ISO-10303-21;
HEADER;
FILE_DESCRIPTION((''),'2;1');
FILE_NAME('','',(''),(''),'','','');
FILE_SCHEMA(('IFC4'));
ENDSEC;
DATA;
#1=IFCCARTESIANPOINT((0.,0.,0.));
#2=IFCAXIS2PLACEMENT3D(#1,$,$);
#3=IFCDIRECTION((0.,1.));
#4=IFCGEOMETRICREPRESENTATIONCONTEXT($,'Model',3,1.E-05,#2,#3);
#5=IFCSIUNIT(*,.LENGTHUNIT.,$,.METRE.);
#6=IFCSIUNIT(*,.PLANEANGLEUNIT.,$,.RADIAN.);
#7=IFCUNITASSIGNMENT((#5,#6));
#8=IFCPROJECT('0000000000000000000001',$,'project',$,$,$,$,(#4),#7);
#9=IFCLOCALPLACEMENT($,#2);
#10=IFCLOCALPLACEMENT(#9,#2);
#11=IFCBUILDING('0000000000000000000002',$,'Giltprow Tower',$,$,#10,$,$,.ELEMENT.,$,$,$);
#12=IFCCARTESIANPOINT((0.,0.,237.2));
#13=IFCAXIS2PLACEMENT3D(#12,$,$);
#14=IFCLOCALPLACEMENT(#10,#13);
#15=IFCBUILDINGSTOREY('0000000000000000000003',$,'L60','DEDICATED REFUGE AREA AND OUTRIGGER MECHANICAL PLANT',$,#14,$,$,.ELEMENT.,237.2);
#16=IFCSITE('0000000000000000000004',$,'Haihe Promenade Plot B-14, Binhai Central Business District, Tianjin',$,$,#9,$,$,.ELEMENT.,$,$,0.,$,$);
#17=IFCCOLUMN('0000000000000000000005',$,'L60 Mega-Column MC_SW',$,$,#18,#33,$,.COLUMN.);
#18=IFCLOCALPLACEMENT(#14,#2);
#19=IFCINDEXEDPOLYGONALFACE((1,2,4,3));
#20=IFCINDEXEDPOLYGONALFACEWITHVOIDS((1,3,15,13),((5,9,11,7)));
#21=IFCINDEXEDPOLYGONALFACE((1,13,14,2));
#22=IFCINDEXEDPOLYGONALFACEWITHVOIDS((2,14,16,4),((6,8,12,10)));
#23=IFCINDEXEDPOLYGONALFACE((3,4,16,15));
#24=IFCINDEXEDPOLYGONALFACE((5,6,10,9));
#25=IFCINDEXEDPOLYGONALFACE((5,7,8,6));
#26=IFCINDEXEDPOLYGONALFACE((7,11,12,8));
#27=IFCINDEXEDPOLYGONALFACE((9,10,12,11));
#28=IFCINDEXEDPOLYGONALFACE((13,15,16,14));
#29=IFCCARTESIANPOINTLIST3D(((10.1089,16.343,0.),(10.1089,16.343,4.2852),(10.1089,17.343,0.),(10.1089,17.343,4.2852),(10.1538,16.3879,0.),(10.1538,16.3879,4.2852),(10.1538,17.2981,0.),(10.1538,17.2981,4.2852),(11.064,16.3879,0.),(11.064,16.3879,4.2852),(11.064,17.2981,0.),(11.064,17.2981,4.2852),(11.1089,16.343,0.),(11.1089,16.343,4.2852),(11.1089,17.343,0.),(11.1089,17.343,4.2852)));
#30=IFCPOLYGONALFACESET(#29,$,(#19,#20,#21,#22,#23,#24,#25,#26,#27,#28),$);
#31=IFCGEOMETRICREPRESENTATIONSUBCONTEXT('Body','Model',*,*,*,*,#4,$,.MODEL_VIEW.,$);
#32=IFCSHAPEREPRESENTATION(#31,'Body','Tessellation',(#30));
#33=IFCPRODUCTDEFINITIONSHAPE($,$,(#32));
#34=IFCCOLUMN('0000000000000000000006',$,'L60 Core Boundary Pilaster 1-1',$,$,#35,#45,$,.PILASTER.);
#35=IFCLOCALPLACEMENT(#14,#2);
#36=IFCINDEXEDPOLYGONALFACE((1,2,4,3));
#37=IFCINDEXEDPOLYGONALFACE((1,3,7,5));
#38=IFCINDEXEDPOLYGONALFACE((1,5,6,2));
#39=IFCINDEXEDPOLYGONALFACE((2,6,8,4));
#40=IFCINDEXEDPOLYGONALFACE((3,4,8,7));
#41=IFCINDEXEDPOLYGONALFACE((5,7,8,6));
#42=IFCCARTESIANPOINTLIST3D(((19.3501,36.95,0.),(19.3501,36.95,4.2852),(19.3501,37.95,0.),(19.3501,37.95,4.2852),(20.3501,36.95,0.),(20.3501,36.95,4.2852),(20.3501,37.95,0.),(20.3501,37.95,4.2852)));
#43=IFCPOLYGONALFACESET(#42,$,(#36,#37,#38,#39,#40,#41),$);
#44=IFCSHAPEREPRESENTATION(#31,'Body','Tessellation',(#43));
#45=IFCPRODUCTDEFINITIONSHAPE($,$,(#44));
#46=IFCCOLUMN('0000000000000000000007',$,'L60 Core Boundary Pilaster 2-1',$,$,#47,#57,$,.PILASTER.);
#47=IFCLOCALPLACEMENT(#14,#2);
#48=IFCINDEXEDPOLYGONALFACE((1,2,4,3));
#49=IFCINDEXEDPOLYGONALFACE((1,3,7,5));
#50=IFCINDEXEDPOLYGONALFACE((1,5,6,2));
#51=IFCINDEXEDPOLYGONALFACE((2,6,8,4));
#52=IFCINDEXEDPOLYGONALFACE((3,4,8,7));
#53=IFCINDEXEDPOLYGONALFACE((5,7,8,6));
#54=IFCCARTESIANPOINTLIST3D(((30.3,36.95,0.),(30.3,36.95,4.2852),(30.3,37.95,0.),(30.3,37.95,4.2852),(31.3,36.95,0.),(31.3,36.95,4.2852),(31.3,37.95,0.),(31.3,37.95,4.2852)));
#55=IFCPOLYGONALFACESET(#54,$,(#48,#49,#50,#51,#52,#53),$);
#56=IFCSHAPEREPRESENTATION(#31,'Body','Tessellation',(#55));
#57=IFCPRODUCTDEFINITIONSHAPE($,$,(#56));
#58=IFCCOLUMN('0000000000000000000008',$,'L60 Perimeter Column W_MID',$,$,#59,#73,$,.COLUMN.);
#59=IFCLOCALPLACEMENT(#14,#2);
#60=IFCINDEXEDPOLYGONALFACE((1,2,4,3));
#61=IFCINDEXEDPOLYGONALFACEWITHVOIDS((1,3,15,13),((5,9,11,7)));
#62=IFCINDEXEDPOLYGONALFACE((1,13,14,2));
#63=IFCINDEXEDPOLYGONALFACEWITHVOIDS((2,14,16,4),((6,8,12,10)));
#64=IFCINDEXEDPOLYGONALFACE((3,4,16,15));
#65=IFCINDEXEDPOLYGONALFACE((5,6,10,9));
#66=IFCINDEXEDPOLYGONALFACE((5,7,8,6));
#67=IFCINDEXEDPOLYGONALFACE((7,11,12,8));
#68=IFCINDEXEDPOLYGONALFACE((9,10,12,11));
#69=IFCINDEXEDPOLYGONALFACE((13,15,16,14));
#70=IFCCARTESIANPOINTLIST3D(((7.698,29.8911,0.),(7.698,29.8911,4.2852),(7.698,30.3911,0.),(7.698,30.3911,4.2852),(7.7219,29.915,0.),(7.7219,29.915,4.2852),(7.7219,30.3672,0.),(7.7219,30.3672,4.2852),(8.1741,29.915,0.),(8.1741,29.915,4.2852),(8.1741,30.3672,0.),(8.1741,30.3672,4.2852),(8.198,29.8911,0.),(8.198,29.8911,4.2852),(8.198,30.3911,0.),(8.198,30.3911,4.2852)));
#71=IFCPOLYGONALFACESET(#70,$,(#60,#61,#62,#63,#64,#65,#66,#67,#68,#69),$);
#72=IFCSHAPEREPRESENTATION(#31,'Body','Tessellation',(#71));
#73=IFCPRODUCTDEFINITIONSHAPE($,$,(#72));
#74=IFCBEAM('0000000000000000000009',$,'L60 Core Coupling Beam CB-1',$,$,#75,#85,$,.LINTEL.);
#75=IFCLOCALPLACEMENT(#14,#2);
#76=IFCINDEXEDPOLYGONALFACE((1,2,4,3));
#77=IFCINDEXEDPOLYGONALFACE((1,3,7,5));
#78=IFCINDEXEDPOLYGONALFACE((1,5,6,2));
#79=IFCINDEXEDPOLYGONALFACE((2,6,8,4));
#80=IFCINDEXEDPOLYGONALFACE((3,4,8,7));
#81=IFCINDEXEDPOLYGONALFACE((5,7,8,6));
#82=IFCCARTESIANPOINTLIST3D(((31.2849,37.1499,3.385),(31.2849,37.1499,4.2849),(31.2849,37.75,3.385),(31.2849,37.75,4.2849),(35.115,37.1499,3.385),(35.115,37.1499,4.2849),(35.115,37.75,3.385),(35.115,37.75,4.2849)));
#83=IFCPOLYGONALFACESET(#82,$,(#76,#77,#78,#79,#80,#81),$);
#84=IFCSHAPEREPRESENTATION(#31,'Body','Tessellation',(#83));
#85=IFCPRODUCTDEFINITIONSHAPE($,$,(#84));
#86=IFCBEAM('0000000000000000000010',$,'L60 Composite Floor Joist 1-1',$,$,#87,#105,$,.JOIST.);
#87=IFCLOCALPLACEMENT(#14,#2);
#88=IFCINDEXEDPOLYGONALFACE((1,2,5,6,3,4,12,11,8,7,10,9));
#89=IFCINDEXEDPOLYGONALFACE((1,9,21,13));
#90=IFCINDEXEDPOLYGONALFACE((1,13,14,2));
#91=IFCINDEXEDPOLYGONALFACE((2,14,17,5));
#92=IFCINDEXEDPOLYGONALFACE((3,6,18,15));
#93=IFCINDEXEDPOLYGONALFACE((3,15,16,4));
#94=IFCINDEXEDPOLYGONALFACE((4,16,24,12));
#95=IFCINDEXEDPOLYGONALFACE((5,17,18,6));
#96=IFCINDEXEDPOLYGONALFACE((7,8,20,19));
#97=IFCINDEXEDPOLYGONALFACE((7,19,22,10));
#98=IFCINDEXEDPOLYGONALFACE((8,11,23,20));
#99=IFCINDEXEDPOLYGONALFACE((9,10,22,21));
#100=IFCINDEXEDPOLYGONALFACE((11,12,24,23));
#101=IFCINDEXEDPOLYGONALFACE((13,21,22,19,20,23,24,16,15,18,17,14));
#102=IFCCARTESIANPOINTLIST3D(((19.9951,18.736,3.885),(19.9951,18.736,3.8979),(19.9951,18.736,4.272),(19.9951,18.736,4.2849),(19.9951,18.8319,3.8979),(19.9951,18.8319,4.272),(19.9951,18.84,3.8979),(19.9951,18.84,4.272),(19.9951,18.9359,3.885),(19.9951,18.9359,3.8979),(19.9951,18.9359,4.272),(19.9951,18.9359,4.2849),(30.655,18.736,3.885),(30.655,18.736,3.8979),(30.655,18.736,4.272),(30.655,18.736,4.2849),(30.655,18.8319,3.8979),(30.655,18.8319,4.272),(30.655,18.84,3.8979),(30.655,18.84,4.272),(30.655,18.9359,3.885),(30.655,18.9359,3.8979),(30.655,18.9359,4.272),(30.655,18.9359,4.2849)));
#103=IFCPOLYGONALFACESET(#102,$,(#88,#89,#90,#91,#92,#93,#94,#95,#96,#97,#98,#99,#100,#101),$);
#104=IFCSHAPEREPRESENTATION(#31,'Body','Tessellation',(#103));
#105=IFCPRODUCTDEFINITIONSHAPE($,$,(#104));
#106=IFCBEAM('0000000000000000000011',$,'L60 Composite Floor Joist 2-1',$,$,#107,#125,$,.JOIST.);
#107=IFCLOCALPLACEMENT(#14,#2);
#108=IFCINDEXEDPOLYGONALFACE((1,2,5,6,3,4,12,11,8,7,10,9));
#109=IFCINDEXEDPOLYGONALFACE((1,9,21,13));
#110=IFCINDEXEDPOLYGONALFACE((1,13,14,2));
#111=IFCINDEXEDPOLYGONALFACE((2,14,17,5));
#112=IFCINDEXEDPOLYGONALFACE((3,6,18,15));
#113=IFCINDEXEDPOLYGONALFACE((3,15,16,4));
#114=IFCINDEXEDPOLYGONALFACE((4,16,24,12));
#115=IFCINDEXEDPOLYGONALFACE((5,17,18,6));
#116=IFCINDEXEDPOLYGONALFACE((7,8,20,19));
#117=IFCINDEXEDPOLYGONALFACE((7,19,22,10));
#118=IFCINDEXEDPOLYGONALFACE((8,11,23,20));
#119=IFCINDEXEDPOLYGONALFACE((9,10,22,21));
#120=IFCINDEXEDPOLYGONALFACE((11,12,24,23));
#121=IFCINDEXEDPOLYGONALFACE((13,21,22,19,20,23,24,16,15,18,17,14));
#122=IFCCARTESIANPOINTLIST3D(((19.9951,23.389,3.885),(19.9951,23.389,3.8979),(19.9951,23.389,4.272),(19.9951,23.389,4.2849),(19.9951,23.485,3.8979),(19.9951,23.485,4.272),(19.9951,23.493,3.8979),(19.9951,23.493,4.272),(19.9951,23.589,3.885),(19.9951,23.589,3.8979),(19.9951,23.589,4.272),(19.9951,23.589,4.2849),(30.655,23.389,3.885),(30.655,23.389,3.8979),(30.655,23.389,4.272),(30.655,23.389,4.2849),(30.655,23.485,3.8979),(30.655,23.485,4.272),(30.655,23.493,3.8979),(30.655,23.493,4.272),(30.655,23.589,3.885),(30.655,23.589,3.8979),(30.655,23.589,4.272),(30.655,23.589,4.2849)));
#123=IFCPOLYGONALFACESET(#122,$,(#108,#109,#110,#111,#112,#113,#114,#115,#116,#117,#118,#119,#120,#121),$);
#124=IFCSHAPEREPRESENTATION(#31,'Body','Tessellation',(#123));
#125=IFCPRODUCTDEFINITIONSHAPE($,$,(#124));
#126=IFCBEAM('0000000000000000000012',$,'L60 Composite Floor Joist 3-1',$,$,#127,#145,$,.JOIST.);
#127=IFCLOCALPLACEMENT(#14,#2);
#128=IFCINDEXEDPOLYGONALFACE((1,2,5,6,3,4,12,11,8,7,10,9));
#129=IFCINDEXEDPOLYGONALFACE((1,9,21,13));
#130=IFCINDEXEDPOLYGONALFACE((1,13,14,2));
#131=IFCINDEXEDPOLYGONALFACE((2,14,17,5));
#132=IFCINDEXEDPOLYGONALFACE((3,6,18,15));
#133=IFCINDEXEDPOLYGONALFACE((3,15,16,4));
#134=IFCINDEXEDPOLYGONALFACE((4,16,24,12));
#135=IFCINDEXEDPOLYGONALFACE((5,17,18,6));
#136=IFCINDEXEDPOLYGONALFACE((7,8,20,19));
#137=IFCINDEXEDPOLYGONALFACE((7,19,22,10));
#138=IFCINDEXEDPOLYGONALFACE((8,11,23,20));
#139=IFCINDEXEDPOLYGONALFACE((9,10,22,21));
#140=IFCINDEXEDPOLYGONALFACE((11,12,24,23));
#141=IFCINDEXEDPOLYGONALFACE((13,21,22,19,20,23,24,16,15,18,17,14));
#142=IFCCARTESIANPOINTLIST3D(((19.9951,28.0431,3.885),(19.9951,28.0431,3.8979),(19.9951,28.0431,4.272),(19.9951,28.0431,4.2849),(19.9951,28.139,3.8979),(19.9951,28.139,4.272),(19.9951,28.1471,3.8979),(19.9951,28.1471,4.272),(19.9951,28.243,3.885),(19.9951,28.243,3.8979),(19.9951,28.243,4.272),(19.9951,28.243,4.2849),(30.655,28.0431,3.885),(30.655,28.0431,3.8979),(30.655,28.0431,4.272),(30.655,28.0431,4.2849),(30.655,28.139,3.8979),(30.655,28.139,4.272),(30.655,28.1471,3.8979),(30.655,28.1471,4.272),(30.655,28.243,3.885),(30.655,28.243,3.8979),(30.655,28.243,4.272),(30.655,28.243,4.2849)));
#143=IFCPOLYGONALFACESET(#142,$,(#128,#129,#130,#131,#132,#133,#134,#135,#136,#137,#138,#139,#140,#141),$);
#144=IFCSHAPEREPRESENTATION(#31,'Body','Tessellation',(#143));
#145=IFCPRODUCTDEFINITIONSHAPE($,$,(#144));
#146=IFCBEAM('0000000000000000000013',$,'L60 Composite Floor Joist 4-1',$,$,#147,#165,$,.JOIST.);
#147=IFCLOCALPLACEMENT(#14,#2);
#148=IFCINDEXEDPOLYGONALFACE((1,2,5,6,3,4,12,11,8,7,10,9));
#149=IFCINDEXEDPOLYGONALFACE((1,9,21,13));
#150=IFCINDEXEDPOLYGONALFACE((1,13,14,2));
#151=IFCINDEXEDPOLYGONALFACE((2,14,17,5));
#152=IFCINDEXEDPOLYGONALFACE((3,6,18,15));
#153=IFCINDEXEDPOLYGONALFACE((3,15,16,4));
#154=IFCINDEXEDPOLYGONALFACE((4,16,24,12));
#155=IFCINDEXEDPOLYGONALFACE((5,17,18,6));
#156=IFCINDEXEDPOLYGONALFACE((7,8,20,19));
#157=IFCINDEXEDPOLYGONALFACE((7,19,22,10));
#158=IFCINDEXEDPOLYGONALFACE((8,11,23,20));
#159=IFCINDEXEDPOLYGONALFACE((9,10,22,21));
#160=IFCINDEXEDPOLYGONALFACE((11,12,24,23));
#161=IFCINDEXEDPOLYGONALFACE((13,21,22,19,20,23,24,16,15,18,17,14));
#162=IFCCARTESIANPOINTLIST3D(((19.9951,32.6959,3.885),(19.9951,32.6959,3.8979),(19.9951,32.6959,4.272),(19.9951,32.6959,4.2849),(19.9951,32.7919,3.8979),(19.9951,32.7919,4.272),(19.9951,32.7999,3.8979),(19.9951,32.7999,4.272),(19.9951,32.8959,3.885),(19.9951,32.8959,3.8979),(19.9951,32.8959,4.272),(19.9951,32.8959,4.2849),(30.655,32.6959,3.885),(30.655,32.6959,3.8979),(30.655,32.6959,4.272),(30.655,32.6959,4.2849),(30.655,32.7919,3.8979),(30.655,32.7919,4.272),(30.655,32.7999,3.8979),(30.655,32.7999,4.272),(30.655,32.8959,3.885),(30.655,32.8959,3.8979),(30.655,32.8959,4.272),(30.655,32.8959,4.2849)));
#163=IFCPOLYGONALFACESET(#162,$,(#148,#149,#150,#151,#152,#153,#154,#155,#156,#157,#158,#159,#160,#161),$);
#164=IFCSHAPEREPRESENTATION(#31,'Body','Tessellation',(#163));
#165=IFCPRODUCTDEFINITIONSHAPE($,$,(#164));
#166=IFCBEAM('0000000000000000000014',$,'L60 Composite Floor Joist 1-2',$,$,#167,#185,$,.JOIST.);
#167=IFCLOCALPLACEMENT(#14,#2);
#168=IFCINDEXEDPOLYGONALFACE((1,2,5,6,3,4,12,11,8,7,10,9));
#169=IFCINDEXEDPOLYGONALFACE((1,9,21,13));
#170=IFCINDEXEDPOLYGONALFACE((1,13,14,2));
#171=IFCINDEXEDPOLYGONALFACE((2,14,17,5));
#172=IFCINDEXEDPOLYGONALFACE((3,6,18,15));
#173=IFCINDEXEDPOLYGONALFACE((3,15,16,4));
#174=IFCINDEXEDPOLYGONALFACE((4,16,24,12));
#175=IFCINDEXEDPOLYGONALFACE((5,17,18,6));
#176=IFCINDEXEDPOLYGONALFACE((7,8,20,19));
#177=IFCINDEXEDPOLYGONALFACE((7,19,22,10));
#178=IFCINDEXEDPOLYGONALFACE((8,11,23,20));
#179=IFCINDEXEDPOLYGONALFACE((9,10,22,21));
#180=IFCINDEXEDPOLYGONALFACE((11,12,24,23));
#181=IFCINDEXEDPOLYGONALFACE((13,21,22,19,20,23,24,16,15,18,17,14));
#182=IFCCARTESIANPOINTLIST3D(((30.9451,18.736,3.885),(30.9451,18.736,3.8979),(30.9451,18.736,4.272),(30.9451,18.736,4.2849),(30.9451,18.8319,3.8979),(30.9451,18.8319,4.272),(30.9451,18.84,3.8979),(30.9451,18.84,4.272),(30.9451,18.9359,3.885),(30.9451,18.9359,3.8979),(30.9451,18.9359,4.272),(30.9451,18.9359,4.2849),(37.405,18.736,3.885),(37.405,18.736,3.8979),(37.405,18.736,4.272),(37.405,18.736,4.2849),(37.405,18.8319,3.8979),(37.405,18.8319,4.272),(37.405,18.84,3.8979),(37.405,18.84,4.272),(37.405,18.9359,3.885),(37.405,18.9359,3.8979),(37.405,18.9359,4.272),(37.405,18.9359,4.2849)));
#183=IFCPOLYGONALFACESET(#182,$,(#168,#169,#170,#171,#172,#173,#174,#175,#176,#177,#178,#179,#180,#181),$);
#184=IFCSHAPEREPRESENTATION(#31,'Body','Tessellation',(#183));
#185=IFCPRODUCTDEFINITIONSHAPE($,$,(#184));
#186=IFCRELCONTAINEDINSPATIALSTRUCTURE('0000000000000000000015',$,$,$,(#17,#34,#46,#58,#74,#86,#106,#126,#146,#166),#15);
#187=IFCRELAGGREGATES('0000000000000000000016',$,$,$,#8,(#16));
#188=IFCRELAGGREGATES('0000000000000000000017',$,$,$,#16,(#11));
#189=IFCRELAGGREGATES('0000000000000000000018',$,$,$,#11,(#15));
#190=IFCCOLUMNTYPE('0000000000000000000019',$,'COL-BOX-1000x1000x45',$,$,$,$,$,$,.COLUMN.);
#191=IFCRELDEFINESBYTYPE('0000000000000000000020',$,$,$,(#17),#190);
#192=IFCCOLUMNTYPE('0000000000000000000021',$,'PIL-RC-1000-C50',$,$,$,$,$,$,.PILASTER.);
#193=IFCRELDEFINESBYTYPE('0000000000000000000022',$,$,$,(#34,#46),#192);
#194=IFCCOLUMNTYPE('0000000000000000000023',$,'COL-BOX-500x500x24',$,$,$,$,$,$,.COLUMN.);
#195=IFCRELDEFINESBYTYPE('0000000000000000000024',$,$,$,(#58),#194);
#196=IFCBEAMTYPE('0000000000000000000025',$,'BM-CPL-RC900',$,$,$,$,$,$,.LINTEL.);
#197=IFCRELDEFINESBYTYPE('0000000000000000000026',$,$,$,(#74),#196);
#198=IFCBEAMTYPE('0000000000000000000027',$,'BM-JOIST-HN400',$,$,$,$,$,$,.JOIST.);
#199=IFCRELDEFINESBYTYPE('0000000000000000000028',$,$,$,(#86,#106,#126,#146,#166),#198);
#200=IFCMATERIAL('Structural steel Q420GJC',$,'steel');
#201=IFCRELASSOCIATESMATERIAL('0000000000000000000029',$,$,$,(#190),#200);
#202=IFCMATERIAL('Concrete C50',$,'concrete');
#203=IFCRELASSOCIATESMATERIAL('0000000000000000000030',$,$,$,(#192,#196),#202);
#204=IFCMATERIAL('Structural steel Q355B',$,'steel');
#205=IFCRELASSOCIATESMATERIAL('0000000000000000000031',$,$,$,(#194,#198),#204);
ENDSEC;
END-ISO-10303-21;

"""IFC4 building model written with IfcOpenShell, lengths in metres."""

from ifc_helpers import new_model, si_unit, direction, frame, origin, origin_2d, place, context, subcontext, project, spatial, rectangle, hollow_rectangle, i_section, extrude, source, transform, mapped, material, material_profile, profile_set, type_object, element, save


model = new_model("IFC4")

# Units and contexts
model_context = context("Model", 3, precision=1e-05, world=origin(), true_north=direction((0.0, 1.0)))
body_context = subcontext(model_context, "Body", "Model", "MODEL_VIEW")
ifc_project = project(units=[si_unit("LENGTHUNIT", "METRE"), si_unit("PLANEANGLEUNIT", "RADIAN")], contexts=[model_context])

# Site, building, storey
site_placement = place(None, origin())
site = spatial("IfcSite", under=ifc_project, at=site_placement, Name="Haihe Promenade Plot B-14, Binhai Central Business District, Tianjin", CompositionType="ELEMENT", RefElevation=0.0)
building_placement = place(site_placement, origin())
building = spatial("IfcBuilding", under=site, at=building_placement, Name="Giltprow Tower", CompositionType="ELEMENT")
storey_placement = place(building_placement, frame((0.0, 0.0, 237.2)))
storey = spatial("IfcBuildingStorey", under=building, at=storey_placement, Name="L60", Description="DEDICATED REFUGE AREA AND OUTRIGGER MECHANICAL PLANT", CompositionType="ELEMENT", Elevation=237.2)

# Columns
ifc_material_1 = material(Name="Structural steel Q420GJC", Category="steel")
ifc_material_profile_1 = material_profile(ifc_material_1, hollow_rectangle(XDim=1.0, YDim=1.0, WallThickness=0.0449, at=origin_2d()), Name="BOX 1000x1000x45")
ifc_profile_set_1 = profile_set([ifc_material_profile_1], Name="Structural steel Q420GJC")
column_type_1 = type_object("IfcColumnType", Name="COL-BOX-1000x1000x45", PredefinedType="COLUMN", material=ifc_profile_set_1)
shared_shape_1 = source(origin(), body_context, "Body", "SweptSolid", [
    extrude(hollow_rectangle(XDim=1.0, YDim=1.0, WallThickness=0.0449, at=origin_2d()), origin(), (0.0, 0.0, 1.0), 4.2852),
])
column_1_placement = place(storey_placement, frame((10.6089, 16.843, 0.0), z_axis=(0.0, 0.0, 1.0), x_axis=(1.0, 0.0, 0.0)))
element("IfcColumn", 1, at=column_1_placement, inside=storey, type_object=column_type_1, Name="L60 Mega-Column MC_SW", PredefinedType="COLUMN", context=body_context, shape_type="MappedRepresentation", body=[
    mapped(shared_shape_1, transform((0.0, 0.0, 0.0), x_axis=(1.0, 0.0, 0.0), y_axis=(0.0, 1.0, 0.0), z_axis=(0.0, 0.0, 1.0), scale=1.0)),
])
ifc_material_2 = material(Name="Concrete C50", Category="concrete")
ifc_material_profile_2 = material_profile(ifc_material_2, rectangle(XDim=1.0, YDim=1.0, at=origin_2d()), Name="RC 1000x1000")
ifc_profile_set_2 = profile_set([ifc_material_profile_2], Name="Concrete C50")
column_type_2 = type_object("IfcColumnType", Name="PIL-RC-1000-C50", PredefinedType="PILASTER", material=ifc_profile_set_2)
shared_shape_2 = source(origin(), body_context, "Body", "SweptSolid", [
    extrude(rectangle(XDim=1.0, YDim=1.0, at=origin_2d()), origin(), (0.0, 0.0, 1.0), 4.2852),
])
for number, where, z_axis, x_axis, name in (
    (2, (19.8501, 37.45, 0.0), (0.0, 0.0, 1.0), (1.0, 0.0, 0.0), "L60 Core Boundary Pilaster 1-1"),
    (3, (30.8, 37.45, 0.0), (0.0, 0.0, 1.0), (1.0, 0.0, 0.0), "L60 Core Boundary Pilaster 2-1"),
):
    element("IfcColumn", number, at=place(storey_placement, frame(where, z_axis=z_axis, x_axis=x_axis)), inside=storey, type_object=column_type_2, Name=name, PredefinedType="PILASTER", context=body_context, shape_type="MappedRepresentation", body=[
        mapped(shared_shape_2, transform((0.0, 0.0, 0.0), x_axis=(1.0, 0.0, 0.0), y_axis=(0.0, 1.0, 0.0), z_axis=(0.0, 0.0, 1.0), scale=1.0)),
    ])
ifc_material_3 = material(Name="Structural steel Q355B", Category="steel")
ifc_material_profile_3 = material_profile(ifc_material_3, hollow_rectangle(XDim=0.5, YDim=0.5, WallThickness=0.0239, at=origin_2d()), Name="BOX 500x500x24")
ifc_profile_set_3 = profile_set([ifc_material_profile_3], Name="Structural steel Q355B")
column_type_3 = type_object("IfcColumnType", Name="COL-BOX-500x500x24", PredefinedType="COLUMN", material=ifc_profile_set_3)
shared_shape_3 = source(origin(), body_context, "Body", "SweptSolid", [
    extrude(hollow_rectangle(XDim=0.5, YDim=0.5, WallThickness=0.0239, at=origin_2d()), origin(), (0.0, 0.0, 1.0), 4.2852),
])
column_2_placement = place(storey_placement, frame((7.948, 30.1411, 0.0), z_axis=(0.0, 0.0, 1.0), x_axis=(1.0, 0.0, 0.0)))
element("IfcColumn", 4, at=column_2_placement, inside=storey, type_object=column_type_3, Name="L60 Perimeter Column W_MID", PredefinedType="COLUMN", context=body_context, shape_type="MappedRepresentation", body=[
    mapped(shared_shape_3, transform((0.0, 0.0, 0.0), x_axis=(1.0, 0.0, 0.0), y_axis=(0.0, 1.0, 0.0), z_axis=(0.0, 0.0, 1.0), scale=1.0)),
])

# Beams
ifc_material_profile_4 = material_profile(ifc_material_2, rectangle(XDim=0.6001, YDim=0.8999, at=origin_2d()), Name="RC 900x600")
ifc_profile_set_4 = profile_set([ifc_material_profile_4], Name="Concrete C50")
beam_type_1 = type_object("IfcBeamType", Name="BM-CPL-RC900", PredefinedType="LINTEL", material=ifc_profile_set_4)
shared_shape_4 = source(origin(), body_context, "Body", "SweptSolid", [
    extrude(rectangle(XDim=0.6001, YDim=0.8999, at=origin_2d()), origin(), (0.0, 0.0, 1.0), 3.8301),
])
beam_1_placement = place(storey_placement, frame((31.2849, 37.45, 3.835), z_axis=(1.0, 0.0, 0.0), x_axis=(0.0, 1.0, 0.0)))
element("IfcBeam", 5, at=beam_1_placement, inside=storey, type_object=beam_type_1, Name="L60 Core Coupling Beam CB-1", PredefinedType="LINTEL", context=body_context, shape_type="MappedRepresentation", body=[
    mapped(shared_shape_4, transform((0.0, 0.0, 0.0), x_axis=(1.0, 0.0, 0.0), y_axis=(0.0, 1.0, 0.0), z_axis=(0.0, 0.0, 1.0), scale=1.0)),
])
ifc_material_profile_5 = material_profile(ifc_material_3, i_section(OverallWidth=0.2, OverallDepth=0.3999, WebThickness=0.0081, FlangeThickness=0.0129, at=origin_2d()), Name="HN 400x200x8x13")
ifc_profile_set_5 = profile_set([ifc_material_profile_5], Name="Structural steel Q355B")
beam_type_2 = type_object("IfcBeamType", Name="BM-JOIST-HN400", PredefinedType="JOIST", material=ifc_profile_set_5)
shared_shape_5 = source(origin(), body_context, "Body", "SweptSolid", [
    extrude(i_section(OverallWidth=0.2, OverallDepth=0.3999, WebThickness=0.0081, FlangeThickness=0.0129, at=origin_2d()), origin(), (0.0, 0.0, 1.0), 10.6599),
])
for number, where, z_axis, x_axis, name in (
    (6, (19.9951, 18.8359, 4.085), (1.0, 0.0, 0.0), (0.0, 1.0, 0.0), "L60 Composite Floor Joist 1-1"),
    (7, (19.9951, 23.489, 4.085), (1.0, 0.0, 0.0), (0.0, 1.0, 0.0), "L60 Composite Floor Joist 2-1"),
    (8, (19.9951, 28.1431, 4.085), (1.0, 0.0, 0.0), (0.0, 1.0, 0.0), "L60 Composite Floor Joist 3-1"),
    (9, (19.9951, 32.7959, 4.085), (1.0, 0.0, 0.0), (0.0, 1.0, 0.0), "L60 Composite Floor Joist 4-1"),
):
    element("IfcBeam", number, at=place(storey_placement, frame(where, z_axis=z_axis, x_axis=x_axis)), inside=storey, type_object=beam_type_2, Name=name, PredefinedType="JOIST", context=body_context, shape_type="MappedRepresentation", body=[
        mapped(shared_shape_5, transform((0.0, 0.0, 0.0), x_axis=(1.0, 0.0, 0.0), y_axis=(0.0, 1.0, 0.0), z_axis=(0.0, 0.0, 1.0), scale=1.0)),
    ])
shared_shape_6 = source(origin(), body_context, "Body", "SweptSolid", [
    extrude(i_section(OverallWidth=0.2, OverallDepth=0.3999, WebThickness=0.0081, FlangeThickness=0.0129, at=origin_2d()), origin(), (0.0, 0.0, 1.0), 6.46),
])
for number, where, z_axis, x_axis, name in (
    (10, (30.9451, 18.8359, 4.085), (1.0, 0.0, 0.0), (0.0, 1.0, 0.0), "L60 Composite Floor Joist 1-2"),
):
    element("IfcBeam", number, at=place(storey_placement, frame(where, z_axis=z_axis, x_axis=x_axis)), inside=storey, type_object=beam_type_2, Name=name, PredefinedType="JOIST", context=body_context, shape_type="MappedRepresentation", body=[
        mapped(shared_shape_6, transform((0.0, 0.0, 0.0), x_axis=(1.0, 0.0, 0.0), y_axis=(0.0, 1.0, 0.0), z_axis=(0.0, 0.0, 1.0), scale=1.0)),
    ])

save(model, "model.ifc")
